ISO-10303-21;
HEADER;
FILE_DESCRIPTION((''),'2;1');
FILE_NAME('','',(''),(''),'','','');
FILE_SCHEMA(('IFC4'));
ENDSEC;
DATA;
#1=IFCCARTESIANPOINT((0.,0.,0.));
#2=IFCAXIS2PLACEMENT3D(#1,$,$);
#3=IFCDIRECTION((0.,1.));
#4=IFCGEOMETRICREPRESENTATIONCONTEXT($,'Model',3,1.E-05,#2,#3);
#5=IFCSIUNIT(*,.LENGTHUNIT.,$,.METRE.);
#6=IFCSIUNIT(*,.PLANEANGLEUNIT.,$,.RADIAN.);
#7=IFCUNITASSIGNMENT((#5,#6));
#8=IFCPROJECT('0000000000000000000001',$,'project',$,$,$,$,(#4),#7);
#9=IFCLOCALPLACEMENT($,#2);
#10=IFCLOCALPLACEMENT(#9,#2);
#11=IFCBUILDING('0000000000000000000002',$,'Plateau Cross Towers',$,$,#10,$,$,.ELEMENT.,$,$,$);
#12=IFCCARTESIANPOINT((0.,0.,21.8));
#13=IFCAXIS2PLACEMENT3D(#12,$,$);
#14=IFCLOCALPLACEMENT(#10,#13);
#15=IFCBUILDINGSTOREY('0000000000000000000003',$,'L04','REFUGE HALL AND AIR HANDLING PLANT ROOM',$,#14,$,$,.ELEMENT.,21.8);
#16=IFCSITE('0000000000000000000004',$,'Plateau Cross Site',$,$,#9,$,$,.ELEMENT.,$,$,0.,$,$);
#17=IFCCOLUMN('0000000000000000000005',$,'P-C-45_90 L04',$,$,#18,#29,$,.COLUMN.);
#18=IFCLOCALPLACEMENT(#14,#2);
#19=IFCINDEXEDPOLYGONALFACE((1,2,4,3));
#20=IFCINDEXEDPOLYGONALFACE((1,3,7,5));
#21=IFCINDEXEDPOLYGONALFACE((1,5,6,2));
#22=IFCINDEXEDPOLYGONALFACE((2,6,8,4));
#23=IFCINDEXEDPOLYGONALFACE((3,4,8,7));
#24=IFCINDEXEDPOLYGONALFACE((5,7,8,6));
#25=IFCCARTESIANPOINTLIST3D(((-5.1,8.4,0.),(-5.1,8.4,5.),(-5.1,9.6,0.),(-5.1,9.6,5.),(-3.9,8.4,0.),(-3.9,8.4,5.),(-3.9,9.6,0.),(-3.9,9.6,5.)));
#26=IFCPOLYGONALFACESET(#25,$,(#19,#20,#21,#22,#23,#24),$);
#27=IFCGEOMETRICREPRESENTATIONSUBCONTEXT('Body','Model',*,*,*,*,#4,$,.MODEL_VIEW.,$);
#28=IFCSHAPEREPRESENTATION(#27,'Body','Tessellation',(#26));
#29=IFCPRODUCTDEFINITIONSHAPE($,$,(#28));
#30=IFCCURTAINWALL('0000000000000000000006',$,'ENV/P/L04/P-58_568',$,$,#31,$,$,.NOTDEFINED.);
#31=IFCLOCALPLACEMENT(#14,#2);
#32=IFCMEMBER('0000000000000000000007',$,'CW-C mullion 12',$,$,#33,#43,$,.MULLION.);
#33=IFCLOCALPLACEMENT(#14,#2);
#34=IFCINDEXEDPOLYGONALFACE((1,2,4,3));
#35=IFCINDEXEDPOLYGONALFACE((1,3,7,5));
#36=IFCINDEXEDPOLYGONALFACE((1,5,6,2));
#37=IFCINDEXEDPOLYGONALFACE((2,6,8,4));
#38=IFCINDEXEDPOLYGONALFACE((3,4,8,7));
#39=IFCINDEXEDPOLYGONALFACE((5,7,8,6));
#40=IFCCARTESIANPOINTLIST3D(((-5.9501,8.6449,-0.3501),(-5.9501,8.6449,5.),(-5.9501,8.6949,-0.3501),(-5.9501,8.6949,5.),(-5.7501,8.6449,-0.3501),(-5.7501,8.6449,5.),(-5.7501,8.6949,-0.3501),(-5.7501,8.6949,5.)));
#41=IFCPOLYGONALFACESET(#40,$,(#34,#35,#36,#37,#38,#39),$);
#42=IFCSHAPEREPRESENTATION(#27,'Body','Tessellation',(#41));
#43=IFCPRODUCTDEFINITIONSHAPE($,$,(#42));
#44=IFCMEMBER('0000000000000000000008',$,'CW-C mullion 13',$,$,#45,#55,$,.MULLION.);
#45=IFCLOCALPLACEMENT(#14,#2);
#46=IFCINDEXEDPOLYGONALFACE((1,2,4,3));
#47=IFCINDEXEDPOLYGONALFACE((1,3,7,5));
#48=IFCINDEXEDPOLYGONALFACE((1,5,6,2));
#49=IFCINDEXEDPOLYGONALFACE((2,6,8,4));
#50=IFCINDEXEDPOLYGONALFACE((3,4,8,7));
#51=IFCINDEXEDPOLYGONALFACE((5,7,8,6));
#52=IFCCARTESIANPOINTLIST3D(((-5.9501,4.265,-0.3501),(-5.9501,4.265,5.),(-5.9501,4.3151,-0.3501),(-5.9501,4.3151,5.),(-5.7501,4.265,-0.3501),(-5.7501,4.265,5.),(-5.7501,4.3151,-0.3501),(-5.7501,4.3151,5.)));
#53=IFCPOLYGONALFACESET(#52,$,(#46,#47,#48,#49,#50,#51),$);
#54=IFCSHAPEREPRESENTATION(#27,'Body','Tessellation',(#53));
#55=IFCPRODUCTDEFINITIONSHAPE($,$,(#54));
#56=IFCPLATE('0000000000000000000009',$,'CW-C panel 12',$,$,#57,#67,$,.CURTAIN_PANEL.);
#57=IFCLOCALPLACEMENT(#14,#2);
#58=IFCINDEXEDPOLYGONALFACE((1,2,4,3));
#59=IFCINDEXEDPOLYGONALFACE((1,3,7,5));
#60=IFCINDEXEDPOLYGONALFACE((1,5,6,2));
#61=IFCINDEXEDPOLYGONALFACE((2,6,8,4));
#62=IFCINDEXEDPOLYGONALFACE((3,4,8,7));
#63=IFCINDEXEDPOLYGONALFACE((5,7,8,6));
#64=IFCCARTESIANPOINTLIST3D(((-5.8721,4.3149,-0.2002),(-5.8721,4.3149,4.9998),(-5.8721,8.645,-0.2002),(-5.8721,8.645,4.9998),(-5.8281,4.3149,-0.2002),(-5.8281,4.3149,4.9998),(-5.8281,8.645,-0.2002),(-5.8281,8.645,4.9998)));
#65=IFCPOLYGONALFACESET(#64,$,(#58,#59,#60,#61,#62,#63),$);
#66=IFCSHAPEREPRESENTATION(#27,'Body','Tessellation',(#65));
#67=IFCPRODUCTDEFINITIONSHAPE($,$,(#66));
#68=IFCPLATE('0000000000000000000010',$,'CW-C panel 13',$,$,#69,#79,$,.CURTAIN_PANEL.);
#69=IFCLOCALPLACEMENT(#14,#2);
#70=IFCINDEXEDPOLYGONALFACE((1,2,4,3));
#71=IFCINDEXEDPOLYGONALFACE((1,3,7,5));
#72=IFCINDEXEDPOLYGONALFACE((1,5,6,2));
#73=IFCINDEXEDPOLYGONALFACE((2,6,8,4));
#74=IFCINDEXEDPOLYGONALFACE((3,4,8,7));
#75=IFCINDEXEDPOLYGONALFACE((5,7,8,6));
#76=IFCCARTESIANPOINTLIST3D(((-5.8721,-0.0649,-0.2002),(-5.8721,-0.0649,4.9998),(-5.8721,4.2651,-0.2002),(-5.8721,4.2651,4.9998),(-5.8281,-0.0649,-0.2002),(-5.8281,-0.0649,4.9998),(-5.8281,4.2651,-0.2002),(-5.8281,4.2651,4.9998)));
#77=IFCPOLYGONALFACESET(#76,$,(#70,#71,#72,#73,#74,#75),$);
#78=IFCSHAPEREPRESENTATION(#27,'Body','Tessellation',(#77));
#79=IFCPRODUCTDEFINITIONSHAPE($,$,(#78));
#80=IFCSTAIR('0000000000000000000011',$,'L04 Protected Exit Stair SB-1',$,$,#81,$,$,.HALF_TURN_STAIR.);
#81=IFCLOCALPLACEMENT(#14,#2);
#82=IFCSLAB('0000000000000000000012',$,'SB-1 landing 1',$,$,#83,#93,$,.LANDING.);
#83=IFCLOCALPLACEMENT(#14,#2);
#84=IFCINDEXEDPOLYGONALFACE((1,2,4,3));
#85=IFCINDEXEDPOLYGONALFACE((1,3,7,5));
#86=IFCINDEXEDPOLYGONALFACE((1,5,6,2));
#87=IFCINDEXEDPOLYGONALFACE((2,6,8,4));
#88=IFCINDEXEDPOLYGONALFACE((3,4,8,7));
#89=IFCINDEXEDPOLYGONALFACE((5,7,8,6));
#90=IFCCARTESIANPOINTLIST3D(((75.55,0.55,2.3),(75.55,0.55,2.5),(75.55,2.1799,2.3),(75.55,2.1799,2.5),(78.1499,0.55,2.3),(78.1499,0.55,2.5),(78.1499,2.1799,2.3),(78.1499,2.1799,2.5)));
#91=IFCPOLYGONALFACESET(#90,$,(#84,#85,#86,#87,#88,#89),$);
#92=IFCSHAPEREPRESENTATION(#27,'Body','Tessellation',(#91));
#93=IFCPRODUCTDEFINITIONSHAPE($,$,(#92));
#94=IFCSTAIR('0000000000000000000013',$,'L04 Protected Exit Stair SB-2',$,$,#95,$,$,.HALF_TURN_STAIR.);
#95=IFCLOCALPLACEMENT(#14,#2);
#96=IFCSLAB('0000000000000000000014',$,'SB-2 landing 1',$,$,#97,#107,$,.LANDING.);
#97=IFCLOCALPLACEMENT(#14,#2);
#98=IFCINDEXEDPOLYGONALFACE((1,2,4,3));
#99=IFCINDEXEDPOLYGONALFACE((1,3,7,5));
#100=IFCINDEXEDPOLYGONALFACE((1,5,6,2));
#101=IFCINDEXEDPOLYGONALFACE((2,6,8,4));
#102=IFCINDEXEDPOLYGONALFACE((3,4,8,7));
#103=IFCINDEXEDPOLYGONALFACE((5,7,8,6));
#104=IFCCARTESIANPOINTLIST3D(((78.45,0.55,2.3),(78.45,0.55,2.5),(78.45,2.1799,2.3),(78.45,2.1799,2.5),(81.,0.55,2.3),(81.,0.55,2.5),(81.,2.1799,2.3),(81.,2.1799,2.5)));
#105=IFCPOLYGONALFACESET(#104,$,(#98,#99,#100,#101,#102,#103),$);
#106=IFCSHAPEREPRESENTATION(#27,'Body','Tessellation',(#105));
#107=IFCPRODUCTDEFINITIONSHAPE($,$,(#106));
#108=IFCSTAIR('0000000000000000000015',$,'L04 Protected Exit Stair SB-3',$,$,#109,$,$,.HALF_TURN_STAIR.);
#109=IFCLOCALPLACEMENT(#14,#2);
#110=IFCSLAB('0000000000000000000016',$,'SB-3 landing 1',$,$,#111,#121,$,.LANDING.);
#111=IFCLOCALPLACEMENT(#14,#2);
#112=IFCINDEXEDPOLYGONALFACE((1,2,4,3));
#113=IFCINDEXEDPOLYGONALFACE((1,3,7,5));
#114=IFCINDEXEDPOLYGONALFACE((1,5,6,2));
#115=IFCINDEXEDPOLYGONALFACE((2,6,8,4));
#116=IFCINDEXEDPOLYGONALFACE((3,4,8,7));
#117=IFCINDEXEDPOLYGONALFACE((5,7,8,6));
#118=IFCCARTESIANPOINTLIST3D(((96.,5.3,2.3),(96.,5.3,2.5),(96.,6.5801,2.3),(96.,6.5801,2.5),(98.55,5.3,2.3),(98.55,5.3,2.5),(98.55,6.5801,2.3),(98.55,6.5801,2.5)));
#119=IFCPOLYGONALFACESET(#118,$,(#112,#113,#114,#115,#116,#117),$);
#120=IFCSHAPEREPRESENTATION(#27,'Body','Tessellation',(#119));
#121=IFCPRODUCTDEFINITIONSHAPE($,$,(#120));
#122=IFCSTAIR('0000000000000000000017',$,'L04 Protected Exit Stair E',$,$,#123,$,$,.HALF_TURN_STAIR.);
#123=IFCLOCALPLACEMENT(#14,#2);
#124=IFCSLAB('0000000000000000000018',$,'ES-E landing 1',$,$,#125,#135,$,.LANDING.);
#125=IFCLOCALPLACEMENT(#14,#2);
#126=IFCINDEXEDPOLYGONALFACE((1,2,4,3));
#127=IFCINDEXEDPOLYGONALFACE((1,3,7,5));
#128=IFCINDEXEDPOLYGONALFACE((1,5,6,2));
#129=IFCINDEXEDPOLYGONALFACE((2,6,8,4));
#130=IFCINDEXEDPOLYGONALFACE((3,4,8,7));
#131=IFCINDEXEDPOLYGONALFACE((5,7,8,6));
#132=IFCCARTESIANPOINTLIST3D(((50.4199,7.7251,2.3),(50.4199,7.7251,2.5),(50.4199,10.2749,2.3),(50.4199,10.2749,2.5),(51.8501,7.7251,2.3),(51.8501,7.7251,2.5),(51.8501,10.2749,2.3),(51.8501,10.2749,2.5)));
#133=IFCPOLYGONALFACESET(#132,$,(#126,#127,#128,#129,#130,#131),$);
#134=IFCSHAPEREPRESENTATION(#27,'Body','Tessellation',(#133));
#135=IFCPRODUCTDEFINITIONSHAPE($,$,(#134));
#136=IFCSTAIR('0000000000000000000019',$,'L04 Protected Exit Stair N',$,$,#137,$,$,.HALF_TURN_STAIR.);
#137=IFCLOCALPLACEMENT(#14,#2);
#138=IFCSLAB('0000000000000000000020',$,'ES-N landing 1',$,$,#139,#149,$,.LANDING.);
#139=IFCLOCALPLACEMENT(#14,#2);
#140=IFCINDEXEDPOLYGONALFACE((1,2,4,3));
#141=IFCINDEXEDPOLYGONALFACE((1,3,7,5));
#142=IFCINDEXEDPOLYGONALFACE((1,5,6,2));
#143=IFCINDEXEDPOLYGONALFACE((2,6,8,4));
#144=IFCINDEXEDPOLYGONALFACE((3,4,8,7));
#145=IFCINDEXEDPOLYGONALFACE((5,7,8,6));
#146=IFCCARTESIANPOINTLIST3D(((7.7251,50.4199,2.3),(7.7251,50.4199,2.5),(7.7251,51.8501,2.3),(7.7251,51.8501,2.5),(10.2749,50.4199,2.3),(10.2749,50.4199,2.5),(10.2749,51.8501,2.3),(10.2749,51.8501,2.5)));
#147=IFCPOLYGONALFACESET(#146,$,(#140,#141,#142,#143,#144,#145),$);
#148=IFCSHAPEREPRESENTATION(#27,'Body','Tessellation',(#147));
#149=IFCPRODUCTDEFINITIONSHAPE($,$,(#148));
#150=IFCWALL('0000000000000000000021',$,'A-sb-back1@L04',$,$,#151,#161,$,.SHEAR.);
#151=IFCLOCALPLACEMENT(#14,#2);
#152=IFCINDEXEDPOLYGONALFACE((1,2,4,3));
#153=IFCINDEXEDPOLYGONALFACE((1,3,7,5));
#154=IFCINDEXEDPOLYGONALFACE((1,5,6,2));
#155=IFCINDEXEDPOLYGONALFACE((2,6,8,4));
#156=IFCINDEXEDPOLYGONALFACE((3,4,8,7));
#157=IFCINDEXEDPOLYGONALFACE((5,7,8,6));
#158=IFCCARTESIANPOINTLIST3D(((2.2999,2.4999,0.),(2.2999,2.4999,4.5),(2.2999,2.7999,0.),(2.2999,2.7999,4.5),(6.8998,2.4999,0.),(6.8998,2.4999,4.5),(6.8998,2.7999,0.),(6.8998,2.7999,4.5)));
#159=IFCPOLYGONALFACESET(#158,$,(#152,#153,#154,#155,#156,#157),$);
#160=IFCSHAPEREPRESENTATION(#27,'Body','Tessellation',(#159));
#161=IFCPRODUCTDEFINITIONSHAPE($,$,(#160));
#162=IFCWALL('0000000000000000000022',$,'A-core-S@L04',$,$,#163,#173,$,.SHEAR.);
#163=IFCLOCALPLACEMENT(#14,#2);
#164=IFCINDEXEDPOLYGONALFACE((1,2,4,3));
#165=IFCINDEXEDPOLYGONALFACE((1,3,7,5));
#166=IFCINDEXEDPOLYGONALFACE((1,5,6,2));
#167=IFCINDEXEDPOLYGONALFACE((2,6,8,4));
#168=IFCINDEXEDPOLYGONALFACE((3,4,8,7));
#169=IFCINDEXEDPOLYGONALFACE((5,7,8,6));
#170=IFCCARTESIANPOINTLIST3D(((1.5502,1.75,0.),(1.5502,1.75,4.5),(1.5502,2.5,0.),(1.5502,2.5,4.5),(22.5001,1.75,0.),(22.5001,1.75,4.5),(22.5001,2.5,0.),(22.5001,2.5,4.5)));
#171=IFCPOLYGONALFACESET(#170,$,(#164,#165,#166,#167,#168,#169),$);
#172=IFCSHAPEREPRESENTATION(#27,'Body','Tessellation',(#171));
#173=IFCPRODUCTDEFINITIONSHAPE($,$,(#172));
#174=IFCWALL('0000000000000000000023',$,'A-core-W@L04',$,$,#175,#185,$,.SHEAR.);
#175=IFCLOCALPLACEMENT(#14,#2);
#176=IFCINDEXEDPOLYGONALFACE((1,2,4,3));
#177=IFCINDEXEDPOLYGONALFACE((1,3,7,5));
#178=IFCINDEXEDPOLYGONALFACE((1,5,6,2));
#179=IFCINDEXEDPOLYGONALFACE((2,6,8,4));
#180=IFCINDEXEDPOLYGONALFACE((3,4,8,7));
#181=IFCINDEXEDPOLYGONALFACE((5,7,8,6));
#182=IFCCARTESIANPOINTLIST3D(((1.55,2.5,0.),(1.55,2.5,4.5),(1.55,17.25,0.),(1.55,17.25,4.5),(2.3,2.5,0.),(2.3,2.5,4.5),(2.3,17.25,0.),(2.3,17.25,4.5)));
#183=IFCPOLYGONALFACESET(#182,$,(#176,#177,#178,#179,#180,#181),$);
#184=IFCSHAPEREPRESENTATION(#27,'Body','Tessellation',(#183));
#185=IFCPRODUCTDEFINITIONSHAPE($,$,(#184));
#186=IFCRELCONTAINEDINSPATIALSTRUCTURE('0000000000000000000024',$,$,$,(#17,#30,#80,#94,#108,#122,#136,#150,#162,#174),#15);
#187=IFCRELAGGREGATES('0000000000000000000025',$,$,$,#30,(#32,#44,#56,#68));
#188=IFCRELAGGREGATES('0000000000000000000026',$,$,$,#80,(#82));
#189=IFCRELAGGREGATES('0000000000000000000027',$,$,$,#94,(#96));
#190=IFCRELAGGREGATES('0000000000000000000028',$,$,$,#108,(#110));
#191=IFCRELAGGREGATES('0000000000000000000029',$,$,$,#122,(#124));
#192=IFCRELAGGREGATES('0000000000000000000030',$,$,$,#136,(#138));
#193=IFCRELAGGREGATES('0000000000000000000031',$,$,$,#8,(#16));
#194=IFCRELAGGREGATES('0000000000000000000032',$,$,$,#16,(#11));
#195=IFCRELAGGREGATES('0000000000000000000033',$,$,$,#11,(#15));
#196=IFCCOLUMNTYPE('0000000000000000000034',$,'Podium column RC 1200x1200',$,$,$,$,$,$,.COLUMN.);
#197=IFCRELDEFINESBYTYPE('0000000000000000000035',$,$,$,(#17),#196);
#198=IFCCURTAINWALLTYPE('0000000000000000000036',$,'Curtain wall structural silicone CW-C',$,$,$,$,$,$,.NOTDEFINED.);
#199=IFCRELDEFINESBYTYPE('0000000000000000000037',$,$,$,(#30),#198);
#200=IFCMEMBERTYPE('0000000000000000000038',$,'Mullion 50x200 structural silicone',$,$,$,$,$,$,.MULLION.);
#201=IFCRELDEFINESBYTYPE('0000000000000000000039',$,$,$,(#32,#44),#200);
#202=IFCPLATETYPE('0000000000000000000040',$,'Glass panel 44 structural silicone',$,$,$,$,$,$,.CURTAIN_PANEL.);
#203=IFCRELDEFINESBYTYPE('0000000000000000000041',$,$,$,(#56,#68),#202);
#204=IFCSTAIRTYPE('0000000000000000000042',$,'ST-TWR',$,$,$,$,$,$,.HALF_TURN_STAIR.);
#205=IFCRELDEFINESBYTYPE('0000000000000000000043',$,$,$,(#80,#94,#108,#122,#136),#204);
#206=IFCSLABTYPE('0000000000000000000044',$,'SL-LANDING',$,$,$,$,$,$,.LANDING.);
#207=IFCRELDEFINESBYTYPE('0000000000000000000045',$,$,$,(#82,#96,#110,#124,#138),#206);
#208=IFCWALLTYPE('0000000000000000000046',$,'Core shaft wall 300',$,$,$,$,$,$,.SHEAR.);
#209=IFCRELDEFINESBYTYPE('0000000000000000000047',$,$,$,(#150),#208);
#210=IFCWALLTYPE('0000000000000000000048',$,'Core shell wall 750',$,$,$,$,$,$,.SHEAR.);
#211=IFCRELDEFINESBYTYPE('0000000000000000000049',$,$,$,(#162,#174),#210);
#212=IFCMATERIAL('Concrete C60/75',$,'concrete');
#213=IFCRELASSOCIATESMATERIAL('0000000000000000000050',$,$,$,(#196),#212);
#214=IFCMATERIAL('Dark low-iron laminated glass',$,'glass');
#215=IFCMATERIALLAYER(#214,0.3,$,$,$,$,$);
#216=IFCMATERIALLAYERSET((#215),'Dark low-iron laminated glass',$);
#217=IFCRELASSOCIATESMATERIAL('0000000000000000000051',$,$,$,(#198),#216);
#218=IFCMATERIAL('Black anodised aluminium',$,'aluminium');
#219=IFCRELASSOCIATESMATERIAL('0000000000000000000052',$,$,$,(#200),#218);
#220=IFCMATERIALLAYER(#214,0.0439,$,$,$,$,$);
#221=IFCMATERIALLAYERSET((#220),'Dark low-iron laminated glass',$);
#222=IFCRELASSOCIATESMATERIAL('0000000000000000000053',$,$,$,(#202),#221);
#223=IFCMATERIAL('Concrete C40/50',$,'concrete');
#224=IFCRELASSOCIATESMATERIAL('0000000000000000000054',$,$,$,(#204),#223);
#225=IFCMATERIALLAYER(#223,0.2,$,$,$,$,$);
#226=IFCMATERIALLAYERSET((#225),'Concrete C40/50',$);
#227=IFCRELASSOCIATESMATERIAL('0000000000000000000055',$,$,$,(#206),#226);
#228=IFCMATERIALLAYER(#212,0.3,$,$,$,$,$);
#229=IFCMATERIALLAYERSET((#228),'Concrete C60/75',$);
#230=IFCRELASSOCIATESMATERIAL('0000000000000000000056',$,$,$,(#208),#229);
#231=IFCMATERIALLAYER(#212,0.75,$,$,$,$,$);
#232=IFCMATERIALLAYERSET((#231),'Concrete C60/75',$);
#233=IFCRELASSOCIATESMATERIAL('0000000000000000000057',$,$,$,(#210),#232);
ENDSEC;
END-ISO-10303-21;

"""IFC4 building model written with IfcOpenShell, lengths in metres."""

from ifc_helpers import new_model, si_unit, direction, frame, frame_2d, origin, origin_2d, place, context, subcontext, project, spatial, polyline, rectangle, outline, extrude, material, layer, layer_set, material_profile, profile_set, type_object, element, aggregate, save


model = new_model("IFC4")

# Units and contexts
model_context = context("Model", 3, precision=1e-05, world=origin(), true_north=direction((0.0, 1.0)))
body_context = subcontext(model_context, "Body", "Model", "MODEL_VIEW")
ifc_project = project(units=[si_unit("LENGTHUNIT", "METRE"), si_unit("PLANEANGLEUNIT", "RADIAN")], contexts=[model_context])

# Site, building, storey
site_placement = place(None, origin())
site = spatial("IfcSite", under=ifc_project, at=site_placement, Name="Plateau Cross Site", CompositionType="ELEMENT", RefElevation=0.0)
building_placement = place(site_placement, origin())
building = spatial("IfcBuilding", under=site, at=building_placement, Name="Plateau Cross Towers", CompositionType="ELEMENT")
storey_placement = place(building_placement, frame((0.0, 0.0, 21.8)))
storey = spatial("IfcBuildingStorey", under=building, at=storey_placement, Name="L04", Description="REFUGE HALL AND AIR HANDLING PLANT ROOM", CompositionType="ELEMENT", Elevation=21.8)

# Column
ifc_material_1 = material(Name="Concrete C60/75", Category="concrete")
ifc_material_profile_1 = material_profile(ifc_material_1, rectangle(XDim=1.2, YDim=1.2, at=origin_2d()), Name="RC 1200x1200")
ifc_profile_set_1 = profile_set([ifc_material_profile_1], Name="Concrete C60/75")
column_type = type_object("IfcColumnType", Name="Podium column RC 1200x1200", PredefinedType="COLUMN", material=ifc_profile_set_1)
column_placement = place(storey_placement, frame((-4.5, 9.0, 0.0), z_axis=(0.0, 0.0, 1.0), x_axis=(1.0, 0.0, 0.0)))
element("IfcColumn", 1, at=column_placement, inside=storey, type_object=column_type, Name="P-C-45_90 L04", PredefinedType="COLUMN", context=body_context, shape_type="SweptSolid", body=[
    extrude(rectangle(XDim=1.2, YDim=1.2, at=origin_2d()), origin(), (0.0, 0.0, 1.0), 5.0),
])

# Curtain wall, members, plates
ifc_material_2 = material(Name="Dark low-iron laminated glass", Category="glass")
ifc_layer_1 = layer(ifc_material_2, 0.3)
ifc_layer_set_1 = layer_set([ifc_layer_1], Name="Dark low-iron laminated glass")
curtain_wall_type = type_object("IfcCurtainWallType", Name="Curtain wall structural silicone CW-C", PredefinedType="NOTDEFINED", material=ifc_layer_set_1)
curtain_wall_placement = place(storey_placement, origin())
curtain_wall = element("IfcCurtainWall", 2, at=curtain_wall_placement, inside=storey, type_object=curtain_wall_type, Name="ENV/P/L04/P-58_568", PredefinedType="NOTDEFINED")
ifc_material_3 = material(Name="Black anodised aluminium", Category="aluminium")
ifc_material_profile_2 = material_profile(ifc_material_3, rectangle(XDim=0.05, YDim=0.2, at=origin_2d()), Name="MULLION 50x200")
ifc_profile_set_2 = profile_set([ifc_material_profile_2], Name="Black anodised aluminium")
member_type = type_object("IfcMemberType", Name="Mullion 50x200 structural silicone", PredefinedType="MULLION", material=ifc_profile_set_2)
member_1_placement = place(storey_placement, frame((-5.8501, 8.6699, -0.3501), z_axis=(0.0, 0.0, 1.0), x_axis=(0.0, -1.0, 0.0)))
member_1 = element("IfcMember", 3, at=member_1_placement, type_object=member_type, Name="CW-C mullion 12", PredefinedType="MULLION", context=body_context, shape_type="SweptSolid", body=[
    extrude(rectangle(XDim=0.05, YDim=0.2, at=origin_2d()), origin(), (0.0, 0.0, 1.0), 5.3501),
])
member_2_placement = place(storey_placement, frame((-5.8501, 4.29, -0.3501), z_axis=(0.0, 0.0, 1.0), x_axis=(0.0, -1.0, 0.0)))
member_2 = element("IfcMember", 4, at=member_2_placement, type_object=member_type, Name="CW-C mullion 13", PredefinedType="MULLION", context=body_context, shape_type="SweptSolid", body=[
    extrude(rectangle(XDim=0.05, YDim=0.2, at=origin_2d()), origin(), (0.0, 0.0, 1.0), 5.3501),
])
ifc_layer_2 = layer(ifc_material_2, 0.0439)
ifc_layer_set_2 = layer_set([ifc_layer_2], Name="Dark low-iron laminated glass")
plate_type = type_object("IfcPlateType", Name="Glass panel 44 structural silicone", PredefinedType="CURTAIN_PANEL", material=ifc_layer_set_2)
plate_1_placement = place(storey_placement, frame((-5.8501, 6.48, -0.2002), z_axis=(0.0, 0.0, 1.0), x_axis=(0.0, -1.0, 0.0)))
plate_1 = element("IfcPlate", 5, at=plate_1_placement, type_object=plate_type, Name="CW-C panel 12", PredefinedType="CURTAIN_PANEL", context=body_context, shape_type="SweptSolid", body=[
    extrude(rectangle(XDim=4.3301, YDim=0.0439, at=origin_2d()), origin(), (0.0, 0.0, 1.0), 5.2),
])
plate_2_placement = place(storey_placement, frame((-5.8501, 2.1001, -0.2002), z_axis=(0.0, 0.0, 1.0), x_axis=(0.0, -1.0, 0.0)))
plate_2 = element("IfcPlate", 6, at=plate_2_placement, type_object=plate_type, Name="CW-C panel 13", PredefinedType="CURTAIN_PANEL", context=body_context, shape_type="SweptSolid", body=[
    extrude(rectangle(XDim=4.3301, YDim=0.0439, at=origin_2d()), origin(), (0.0, 0.0, 1.0), 5.2),
])
aggregate(curtain_wall, [member_1, member_2, plate_1, plate_2])

# Stairs, slabs
ifc_material_4 = material(Name="Concrete C40/50", Category="concrete")
stair_type = type_object("IfcStairType", Name="ST-TWR", PredefinedType="HALF_TURN_STAIR", material=ifc_material_4)
stair_1_placement = place(storey_placement, origin())
stair_1 = element("IfcStair", 7, at=stair_1_placement, inside=storey, type_object=stair_type, Name="L04 Protected Exit Stair SB-1", PredefinedType="HALF_TURN_STAIR")
ifc_layer_3 = layer(ifc_material_4, 0.2)
ifc_layer_set_3 = layer_set([ifc_layer_3], Name="Concrete C40/50")
slab_type = type_object("IfcSlabType", Name="SL-LANDING", PredefinedType="LANDING", material=ifc_layer_set_3)
slab_1_placement = place(storey_placement, frame((0.0, 0.0, 2.3)))
slab_1 = element("IfcSlab", 8, at=slab_1_placement, type_object=slab_type, Name="SB-1 landing 1", PredefinedType="LANDING", context=body_context, shape_type="SweptSolid", body=[
    extrude(outline(polyline([(75.55, 2.1799), (75.55, 0.55), (78.1499, 0.55), (78.1499, 2.1799), (75.55, 2.1799)])), origin(), (0.0, 0.0, 1.0), 0.2),
])
aggregate(stair_1, [slab_1])
stair_2_placement = place(storey_placement, origin())
stair_2 = element("IfcStair", 9, at=stair_2_placement, inside=storey, type_object=stair_type, Name="L04 Protected Exit Stair SB-2", PredefinedType="HALF_TURN_STAIR")
slab_2_placement = place(storey_placement, frame((0.0, 0.0, 2.3)))
slab_2 = element("IfcSlab", 10, at=slab_2_placement, type_object=slab_type, Name="SB-2 landing 1", PredefinedType="LANDING", context=body_context, shape_type="SweptSolid", body=[
    extrude(outline(polyline([(78.45, 2.1799), (78.45, 0.55), (81.0, 0.55), (81.0, 2.1799), (78.45, 2.1799)])), origin(), (0.0, 0.0, 1.0), 0.2),
])
aggregate(stair_2, [slab_2])
stair_3_placement = place(storey_placement, origin())
stair_3 = element("IfcStair", 11, at=stair_3_placement, inside=storey, type_object=stair_type, Name="L04 Protected Exit Stair SB-3", PredefinedType="HALF_TURN_STAIR")
slab_3_placement = place(storey_placement, frame((0.0, 0.0, 2.3)))
slab_3 = element("IfcSlab", 12, at=slab_3_placement, type_object=slab_type, Name="SB-3 landing 1", PredefinedType="LANDING", context=body_context, shape_type="SweptSolid", body=[
    extrude(outline(polyline([(96.0, 6.5801), (96.0, 5.3), (98.55, 5.3), (98.55, 6.5801), (96.0, 6.5801)])), origin(), (0.0, 0.0, 1.0), 0.2),
])
aggregate(stair_3, [slab_3])
stair_4_placement = place(storey_placement, origin())
stair_4 = element("IfcStair", 13, at=stair_4_placement, inside=storey, type_object=stair_type, Name="L04 Protected Exit Stair E", PredefinedType="HALF_TURN_STAIR")
slab_4_placement = place(storey_placement, frame((0.0, 0.0, 2.3)))
slab_4 = element("IfcSlab", 14, at=slab_4_placement, type_object=slab_type, Name="ES-E landing 1", PredefinedType="LANDING", context=body_context, shape_type="SweptSolid", body=[
    extrude(outline(polyline([(50.4199, 7.7251), (51.8501, 7.7251), (51.8501, 10.2749), (50.4199, 10.2749), (50.4199, 7.7251)])), origin(), (0.0, 0.0, 1.0), 0.2),
])
aggregate(stair_4, [slab_4])
stair_5_placement = place(storey_placement, origin())
stair_5 = element("IfcStair", 15, at=stair_5_placement, inside=storey, type_object=stair_type, Name="L04 Protected Exit Stair N", PredefinedType="HALF_TURN_STAIR")
slab_5_placement = place(storey_placement, frame((0.0, 0.0, 2.3)))
slab_5 = element("IfcSlab", 16, at=slab_5_placement, type_object=slab_type, Name="ES-N landing 1", PredefinedType="LANDING", context=body_context, shape_type="SweptSolid", body=[
    extrude(outline(polyline([(10.2749, 50.4199), (10.2749, 51.8501), (7.7251, 51.8501), (7.7251, 50.4199), (10.2749, 50.4199)])), origin(), (0.0, 0.0, 1.0), 0.2),
])
aggregate(stair_5, [slab_5])

# Walls
ifc_layer_4 = layer(ifc_material_1, 0.3)
ifc_layer_set_4 = layer_set([ifc_layer_4], Name="Concrete C60/75")
wall_type_1 = type_object("IfcWallType", Name="Core shaft wall 300", PredefinedType="SHEAR", material=ifc_layer_set_4)
wall_1_placement = place(storey_placement, frame((2.3, 2.6499, 0.0), z_axis=(0.0, 0.0, 1.0), x_axis=(1.0, 0.0, 0.0)))
element("IfcWall", 17, at=wall_1_placement, inside=storey, type_object=wall_type_1, Name="A-sb-back1@L04", PredefinedType="SHEAR", context=body_context, shape_type="SweptSolid", body=[
    extrude(rectangle(XDim=4.5999, YDim=0.3, at=frame_2d((2.2998, 0.0))), origin(), (0.0, 0.0, 1.0), 4.5),
])
ifc_layer_5 = layer(ifc_material_1, 0.75)
ifc_layer_set_5 = layer_set([ifc_layer_5], Name="Concrete C60/75")
wall_type_2 = type_object("IfcWallType", Name="Core shell wall 750", PredefinedType="SHEAR", material=ifc_layer_set_5)
wall_2_placement = place(storey_placement, frame((1.55, 2.125, 0.0), z_axis=(0.0, 0.0, 1.0), x_axis=(1.0, 0.0, 0.0)))
element("IfcWall", 18, at=wall_2_placement, inside=storey, type_object=wall_type_2, Name="A-core-S@L04", PredefinedType="SHEAR", context=body_context, shape_type="SweptSolid", body=[
    extrude(rectangle(XDim=20.95, YDim=0.75, at=frame_2d((10.4751, 0.0))), origin(), (0.0, 0.0, 1.0), 4.5),
])
wall_3_placement = place(storey_placement, frame((1.925, 2.5, 0.0), z_axis=(0.0, 0.0, 1.0), x_axis=(0.0, 1.0, 0.0)))
element("IfcWall", 19, at=wall_3_placement, inside=storey, type_object=wall_type_2, Name="A-core-W@L04", PredefinedType="SHEAR", context=body_context, shape_type="SweptSolid", body=[
    extrude(rectangle(XDim=14.75, YDim=0.75, at=frame_2d((7.375, 0.0))), origin(), (0.0, 0.0, 1.0), 4.5),
])

save(model, "model.ifc")
